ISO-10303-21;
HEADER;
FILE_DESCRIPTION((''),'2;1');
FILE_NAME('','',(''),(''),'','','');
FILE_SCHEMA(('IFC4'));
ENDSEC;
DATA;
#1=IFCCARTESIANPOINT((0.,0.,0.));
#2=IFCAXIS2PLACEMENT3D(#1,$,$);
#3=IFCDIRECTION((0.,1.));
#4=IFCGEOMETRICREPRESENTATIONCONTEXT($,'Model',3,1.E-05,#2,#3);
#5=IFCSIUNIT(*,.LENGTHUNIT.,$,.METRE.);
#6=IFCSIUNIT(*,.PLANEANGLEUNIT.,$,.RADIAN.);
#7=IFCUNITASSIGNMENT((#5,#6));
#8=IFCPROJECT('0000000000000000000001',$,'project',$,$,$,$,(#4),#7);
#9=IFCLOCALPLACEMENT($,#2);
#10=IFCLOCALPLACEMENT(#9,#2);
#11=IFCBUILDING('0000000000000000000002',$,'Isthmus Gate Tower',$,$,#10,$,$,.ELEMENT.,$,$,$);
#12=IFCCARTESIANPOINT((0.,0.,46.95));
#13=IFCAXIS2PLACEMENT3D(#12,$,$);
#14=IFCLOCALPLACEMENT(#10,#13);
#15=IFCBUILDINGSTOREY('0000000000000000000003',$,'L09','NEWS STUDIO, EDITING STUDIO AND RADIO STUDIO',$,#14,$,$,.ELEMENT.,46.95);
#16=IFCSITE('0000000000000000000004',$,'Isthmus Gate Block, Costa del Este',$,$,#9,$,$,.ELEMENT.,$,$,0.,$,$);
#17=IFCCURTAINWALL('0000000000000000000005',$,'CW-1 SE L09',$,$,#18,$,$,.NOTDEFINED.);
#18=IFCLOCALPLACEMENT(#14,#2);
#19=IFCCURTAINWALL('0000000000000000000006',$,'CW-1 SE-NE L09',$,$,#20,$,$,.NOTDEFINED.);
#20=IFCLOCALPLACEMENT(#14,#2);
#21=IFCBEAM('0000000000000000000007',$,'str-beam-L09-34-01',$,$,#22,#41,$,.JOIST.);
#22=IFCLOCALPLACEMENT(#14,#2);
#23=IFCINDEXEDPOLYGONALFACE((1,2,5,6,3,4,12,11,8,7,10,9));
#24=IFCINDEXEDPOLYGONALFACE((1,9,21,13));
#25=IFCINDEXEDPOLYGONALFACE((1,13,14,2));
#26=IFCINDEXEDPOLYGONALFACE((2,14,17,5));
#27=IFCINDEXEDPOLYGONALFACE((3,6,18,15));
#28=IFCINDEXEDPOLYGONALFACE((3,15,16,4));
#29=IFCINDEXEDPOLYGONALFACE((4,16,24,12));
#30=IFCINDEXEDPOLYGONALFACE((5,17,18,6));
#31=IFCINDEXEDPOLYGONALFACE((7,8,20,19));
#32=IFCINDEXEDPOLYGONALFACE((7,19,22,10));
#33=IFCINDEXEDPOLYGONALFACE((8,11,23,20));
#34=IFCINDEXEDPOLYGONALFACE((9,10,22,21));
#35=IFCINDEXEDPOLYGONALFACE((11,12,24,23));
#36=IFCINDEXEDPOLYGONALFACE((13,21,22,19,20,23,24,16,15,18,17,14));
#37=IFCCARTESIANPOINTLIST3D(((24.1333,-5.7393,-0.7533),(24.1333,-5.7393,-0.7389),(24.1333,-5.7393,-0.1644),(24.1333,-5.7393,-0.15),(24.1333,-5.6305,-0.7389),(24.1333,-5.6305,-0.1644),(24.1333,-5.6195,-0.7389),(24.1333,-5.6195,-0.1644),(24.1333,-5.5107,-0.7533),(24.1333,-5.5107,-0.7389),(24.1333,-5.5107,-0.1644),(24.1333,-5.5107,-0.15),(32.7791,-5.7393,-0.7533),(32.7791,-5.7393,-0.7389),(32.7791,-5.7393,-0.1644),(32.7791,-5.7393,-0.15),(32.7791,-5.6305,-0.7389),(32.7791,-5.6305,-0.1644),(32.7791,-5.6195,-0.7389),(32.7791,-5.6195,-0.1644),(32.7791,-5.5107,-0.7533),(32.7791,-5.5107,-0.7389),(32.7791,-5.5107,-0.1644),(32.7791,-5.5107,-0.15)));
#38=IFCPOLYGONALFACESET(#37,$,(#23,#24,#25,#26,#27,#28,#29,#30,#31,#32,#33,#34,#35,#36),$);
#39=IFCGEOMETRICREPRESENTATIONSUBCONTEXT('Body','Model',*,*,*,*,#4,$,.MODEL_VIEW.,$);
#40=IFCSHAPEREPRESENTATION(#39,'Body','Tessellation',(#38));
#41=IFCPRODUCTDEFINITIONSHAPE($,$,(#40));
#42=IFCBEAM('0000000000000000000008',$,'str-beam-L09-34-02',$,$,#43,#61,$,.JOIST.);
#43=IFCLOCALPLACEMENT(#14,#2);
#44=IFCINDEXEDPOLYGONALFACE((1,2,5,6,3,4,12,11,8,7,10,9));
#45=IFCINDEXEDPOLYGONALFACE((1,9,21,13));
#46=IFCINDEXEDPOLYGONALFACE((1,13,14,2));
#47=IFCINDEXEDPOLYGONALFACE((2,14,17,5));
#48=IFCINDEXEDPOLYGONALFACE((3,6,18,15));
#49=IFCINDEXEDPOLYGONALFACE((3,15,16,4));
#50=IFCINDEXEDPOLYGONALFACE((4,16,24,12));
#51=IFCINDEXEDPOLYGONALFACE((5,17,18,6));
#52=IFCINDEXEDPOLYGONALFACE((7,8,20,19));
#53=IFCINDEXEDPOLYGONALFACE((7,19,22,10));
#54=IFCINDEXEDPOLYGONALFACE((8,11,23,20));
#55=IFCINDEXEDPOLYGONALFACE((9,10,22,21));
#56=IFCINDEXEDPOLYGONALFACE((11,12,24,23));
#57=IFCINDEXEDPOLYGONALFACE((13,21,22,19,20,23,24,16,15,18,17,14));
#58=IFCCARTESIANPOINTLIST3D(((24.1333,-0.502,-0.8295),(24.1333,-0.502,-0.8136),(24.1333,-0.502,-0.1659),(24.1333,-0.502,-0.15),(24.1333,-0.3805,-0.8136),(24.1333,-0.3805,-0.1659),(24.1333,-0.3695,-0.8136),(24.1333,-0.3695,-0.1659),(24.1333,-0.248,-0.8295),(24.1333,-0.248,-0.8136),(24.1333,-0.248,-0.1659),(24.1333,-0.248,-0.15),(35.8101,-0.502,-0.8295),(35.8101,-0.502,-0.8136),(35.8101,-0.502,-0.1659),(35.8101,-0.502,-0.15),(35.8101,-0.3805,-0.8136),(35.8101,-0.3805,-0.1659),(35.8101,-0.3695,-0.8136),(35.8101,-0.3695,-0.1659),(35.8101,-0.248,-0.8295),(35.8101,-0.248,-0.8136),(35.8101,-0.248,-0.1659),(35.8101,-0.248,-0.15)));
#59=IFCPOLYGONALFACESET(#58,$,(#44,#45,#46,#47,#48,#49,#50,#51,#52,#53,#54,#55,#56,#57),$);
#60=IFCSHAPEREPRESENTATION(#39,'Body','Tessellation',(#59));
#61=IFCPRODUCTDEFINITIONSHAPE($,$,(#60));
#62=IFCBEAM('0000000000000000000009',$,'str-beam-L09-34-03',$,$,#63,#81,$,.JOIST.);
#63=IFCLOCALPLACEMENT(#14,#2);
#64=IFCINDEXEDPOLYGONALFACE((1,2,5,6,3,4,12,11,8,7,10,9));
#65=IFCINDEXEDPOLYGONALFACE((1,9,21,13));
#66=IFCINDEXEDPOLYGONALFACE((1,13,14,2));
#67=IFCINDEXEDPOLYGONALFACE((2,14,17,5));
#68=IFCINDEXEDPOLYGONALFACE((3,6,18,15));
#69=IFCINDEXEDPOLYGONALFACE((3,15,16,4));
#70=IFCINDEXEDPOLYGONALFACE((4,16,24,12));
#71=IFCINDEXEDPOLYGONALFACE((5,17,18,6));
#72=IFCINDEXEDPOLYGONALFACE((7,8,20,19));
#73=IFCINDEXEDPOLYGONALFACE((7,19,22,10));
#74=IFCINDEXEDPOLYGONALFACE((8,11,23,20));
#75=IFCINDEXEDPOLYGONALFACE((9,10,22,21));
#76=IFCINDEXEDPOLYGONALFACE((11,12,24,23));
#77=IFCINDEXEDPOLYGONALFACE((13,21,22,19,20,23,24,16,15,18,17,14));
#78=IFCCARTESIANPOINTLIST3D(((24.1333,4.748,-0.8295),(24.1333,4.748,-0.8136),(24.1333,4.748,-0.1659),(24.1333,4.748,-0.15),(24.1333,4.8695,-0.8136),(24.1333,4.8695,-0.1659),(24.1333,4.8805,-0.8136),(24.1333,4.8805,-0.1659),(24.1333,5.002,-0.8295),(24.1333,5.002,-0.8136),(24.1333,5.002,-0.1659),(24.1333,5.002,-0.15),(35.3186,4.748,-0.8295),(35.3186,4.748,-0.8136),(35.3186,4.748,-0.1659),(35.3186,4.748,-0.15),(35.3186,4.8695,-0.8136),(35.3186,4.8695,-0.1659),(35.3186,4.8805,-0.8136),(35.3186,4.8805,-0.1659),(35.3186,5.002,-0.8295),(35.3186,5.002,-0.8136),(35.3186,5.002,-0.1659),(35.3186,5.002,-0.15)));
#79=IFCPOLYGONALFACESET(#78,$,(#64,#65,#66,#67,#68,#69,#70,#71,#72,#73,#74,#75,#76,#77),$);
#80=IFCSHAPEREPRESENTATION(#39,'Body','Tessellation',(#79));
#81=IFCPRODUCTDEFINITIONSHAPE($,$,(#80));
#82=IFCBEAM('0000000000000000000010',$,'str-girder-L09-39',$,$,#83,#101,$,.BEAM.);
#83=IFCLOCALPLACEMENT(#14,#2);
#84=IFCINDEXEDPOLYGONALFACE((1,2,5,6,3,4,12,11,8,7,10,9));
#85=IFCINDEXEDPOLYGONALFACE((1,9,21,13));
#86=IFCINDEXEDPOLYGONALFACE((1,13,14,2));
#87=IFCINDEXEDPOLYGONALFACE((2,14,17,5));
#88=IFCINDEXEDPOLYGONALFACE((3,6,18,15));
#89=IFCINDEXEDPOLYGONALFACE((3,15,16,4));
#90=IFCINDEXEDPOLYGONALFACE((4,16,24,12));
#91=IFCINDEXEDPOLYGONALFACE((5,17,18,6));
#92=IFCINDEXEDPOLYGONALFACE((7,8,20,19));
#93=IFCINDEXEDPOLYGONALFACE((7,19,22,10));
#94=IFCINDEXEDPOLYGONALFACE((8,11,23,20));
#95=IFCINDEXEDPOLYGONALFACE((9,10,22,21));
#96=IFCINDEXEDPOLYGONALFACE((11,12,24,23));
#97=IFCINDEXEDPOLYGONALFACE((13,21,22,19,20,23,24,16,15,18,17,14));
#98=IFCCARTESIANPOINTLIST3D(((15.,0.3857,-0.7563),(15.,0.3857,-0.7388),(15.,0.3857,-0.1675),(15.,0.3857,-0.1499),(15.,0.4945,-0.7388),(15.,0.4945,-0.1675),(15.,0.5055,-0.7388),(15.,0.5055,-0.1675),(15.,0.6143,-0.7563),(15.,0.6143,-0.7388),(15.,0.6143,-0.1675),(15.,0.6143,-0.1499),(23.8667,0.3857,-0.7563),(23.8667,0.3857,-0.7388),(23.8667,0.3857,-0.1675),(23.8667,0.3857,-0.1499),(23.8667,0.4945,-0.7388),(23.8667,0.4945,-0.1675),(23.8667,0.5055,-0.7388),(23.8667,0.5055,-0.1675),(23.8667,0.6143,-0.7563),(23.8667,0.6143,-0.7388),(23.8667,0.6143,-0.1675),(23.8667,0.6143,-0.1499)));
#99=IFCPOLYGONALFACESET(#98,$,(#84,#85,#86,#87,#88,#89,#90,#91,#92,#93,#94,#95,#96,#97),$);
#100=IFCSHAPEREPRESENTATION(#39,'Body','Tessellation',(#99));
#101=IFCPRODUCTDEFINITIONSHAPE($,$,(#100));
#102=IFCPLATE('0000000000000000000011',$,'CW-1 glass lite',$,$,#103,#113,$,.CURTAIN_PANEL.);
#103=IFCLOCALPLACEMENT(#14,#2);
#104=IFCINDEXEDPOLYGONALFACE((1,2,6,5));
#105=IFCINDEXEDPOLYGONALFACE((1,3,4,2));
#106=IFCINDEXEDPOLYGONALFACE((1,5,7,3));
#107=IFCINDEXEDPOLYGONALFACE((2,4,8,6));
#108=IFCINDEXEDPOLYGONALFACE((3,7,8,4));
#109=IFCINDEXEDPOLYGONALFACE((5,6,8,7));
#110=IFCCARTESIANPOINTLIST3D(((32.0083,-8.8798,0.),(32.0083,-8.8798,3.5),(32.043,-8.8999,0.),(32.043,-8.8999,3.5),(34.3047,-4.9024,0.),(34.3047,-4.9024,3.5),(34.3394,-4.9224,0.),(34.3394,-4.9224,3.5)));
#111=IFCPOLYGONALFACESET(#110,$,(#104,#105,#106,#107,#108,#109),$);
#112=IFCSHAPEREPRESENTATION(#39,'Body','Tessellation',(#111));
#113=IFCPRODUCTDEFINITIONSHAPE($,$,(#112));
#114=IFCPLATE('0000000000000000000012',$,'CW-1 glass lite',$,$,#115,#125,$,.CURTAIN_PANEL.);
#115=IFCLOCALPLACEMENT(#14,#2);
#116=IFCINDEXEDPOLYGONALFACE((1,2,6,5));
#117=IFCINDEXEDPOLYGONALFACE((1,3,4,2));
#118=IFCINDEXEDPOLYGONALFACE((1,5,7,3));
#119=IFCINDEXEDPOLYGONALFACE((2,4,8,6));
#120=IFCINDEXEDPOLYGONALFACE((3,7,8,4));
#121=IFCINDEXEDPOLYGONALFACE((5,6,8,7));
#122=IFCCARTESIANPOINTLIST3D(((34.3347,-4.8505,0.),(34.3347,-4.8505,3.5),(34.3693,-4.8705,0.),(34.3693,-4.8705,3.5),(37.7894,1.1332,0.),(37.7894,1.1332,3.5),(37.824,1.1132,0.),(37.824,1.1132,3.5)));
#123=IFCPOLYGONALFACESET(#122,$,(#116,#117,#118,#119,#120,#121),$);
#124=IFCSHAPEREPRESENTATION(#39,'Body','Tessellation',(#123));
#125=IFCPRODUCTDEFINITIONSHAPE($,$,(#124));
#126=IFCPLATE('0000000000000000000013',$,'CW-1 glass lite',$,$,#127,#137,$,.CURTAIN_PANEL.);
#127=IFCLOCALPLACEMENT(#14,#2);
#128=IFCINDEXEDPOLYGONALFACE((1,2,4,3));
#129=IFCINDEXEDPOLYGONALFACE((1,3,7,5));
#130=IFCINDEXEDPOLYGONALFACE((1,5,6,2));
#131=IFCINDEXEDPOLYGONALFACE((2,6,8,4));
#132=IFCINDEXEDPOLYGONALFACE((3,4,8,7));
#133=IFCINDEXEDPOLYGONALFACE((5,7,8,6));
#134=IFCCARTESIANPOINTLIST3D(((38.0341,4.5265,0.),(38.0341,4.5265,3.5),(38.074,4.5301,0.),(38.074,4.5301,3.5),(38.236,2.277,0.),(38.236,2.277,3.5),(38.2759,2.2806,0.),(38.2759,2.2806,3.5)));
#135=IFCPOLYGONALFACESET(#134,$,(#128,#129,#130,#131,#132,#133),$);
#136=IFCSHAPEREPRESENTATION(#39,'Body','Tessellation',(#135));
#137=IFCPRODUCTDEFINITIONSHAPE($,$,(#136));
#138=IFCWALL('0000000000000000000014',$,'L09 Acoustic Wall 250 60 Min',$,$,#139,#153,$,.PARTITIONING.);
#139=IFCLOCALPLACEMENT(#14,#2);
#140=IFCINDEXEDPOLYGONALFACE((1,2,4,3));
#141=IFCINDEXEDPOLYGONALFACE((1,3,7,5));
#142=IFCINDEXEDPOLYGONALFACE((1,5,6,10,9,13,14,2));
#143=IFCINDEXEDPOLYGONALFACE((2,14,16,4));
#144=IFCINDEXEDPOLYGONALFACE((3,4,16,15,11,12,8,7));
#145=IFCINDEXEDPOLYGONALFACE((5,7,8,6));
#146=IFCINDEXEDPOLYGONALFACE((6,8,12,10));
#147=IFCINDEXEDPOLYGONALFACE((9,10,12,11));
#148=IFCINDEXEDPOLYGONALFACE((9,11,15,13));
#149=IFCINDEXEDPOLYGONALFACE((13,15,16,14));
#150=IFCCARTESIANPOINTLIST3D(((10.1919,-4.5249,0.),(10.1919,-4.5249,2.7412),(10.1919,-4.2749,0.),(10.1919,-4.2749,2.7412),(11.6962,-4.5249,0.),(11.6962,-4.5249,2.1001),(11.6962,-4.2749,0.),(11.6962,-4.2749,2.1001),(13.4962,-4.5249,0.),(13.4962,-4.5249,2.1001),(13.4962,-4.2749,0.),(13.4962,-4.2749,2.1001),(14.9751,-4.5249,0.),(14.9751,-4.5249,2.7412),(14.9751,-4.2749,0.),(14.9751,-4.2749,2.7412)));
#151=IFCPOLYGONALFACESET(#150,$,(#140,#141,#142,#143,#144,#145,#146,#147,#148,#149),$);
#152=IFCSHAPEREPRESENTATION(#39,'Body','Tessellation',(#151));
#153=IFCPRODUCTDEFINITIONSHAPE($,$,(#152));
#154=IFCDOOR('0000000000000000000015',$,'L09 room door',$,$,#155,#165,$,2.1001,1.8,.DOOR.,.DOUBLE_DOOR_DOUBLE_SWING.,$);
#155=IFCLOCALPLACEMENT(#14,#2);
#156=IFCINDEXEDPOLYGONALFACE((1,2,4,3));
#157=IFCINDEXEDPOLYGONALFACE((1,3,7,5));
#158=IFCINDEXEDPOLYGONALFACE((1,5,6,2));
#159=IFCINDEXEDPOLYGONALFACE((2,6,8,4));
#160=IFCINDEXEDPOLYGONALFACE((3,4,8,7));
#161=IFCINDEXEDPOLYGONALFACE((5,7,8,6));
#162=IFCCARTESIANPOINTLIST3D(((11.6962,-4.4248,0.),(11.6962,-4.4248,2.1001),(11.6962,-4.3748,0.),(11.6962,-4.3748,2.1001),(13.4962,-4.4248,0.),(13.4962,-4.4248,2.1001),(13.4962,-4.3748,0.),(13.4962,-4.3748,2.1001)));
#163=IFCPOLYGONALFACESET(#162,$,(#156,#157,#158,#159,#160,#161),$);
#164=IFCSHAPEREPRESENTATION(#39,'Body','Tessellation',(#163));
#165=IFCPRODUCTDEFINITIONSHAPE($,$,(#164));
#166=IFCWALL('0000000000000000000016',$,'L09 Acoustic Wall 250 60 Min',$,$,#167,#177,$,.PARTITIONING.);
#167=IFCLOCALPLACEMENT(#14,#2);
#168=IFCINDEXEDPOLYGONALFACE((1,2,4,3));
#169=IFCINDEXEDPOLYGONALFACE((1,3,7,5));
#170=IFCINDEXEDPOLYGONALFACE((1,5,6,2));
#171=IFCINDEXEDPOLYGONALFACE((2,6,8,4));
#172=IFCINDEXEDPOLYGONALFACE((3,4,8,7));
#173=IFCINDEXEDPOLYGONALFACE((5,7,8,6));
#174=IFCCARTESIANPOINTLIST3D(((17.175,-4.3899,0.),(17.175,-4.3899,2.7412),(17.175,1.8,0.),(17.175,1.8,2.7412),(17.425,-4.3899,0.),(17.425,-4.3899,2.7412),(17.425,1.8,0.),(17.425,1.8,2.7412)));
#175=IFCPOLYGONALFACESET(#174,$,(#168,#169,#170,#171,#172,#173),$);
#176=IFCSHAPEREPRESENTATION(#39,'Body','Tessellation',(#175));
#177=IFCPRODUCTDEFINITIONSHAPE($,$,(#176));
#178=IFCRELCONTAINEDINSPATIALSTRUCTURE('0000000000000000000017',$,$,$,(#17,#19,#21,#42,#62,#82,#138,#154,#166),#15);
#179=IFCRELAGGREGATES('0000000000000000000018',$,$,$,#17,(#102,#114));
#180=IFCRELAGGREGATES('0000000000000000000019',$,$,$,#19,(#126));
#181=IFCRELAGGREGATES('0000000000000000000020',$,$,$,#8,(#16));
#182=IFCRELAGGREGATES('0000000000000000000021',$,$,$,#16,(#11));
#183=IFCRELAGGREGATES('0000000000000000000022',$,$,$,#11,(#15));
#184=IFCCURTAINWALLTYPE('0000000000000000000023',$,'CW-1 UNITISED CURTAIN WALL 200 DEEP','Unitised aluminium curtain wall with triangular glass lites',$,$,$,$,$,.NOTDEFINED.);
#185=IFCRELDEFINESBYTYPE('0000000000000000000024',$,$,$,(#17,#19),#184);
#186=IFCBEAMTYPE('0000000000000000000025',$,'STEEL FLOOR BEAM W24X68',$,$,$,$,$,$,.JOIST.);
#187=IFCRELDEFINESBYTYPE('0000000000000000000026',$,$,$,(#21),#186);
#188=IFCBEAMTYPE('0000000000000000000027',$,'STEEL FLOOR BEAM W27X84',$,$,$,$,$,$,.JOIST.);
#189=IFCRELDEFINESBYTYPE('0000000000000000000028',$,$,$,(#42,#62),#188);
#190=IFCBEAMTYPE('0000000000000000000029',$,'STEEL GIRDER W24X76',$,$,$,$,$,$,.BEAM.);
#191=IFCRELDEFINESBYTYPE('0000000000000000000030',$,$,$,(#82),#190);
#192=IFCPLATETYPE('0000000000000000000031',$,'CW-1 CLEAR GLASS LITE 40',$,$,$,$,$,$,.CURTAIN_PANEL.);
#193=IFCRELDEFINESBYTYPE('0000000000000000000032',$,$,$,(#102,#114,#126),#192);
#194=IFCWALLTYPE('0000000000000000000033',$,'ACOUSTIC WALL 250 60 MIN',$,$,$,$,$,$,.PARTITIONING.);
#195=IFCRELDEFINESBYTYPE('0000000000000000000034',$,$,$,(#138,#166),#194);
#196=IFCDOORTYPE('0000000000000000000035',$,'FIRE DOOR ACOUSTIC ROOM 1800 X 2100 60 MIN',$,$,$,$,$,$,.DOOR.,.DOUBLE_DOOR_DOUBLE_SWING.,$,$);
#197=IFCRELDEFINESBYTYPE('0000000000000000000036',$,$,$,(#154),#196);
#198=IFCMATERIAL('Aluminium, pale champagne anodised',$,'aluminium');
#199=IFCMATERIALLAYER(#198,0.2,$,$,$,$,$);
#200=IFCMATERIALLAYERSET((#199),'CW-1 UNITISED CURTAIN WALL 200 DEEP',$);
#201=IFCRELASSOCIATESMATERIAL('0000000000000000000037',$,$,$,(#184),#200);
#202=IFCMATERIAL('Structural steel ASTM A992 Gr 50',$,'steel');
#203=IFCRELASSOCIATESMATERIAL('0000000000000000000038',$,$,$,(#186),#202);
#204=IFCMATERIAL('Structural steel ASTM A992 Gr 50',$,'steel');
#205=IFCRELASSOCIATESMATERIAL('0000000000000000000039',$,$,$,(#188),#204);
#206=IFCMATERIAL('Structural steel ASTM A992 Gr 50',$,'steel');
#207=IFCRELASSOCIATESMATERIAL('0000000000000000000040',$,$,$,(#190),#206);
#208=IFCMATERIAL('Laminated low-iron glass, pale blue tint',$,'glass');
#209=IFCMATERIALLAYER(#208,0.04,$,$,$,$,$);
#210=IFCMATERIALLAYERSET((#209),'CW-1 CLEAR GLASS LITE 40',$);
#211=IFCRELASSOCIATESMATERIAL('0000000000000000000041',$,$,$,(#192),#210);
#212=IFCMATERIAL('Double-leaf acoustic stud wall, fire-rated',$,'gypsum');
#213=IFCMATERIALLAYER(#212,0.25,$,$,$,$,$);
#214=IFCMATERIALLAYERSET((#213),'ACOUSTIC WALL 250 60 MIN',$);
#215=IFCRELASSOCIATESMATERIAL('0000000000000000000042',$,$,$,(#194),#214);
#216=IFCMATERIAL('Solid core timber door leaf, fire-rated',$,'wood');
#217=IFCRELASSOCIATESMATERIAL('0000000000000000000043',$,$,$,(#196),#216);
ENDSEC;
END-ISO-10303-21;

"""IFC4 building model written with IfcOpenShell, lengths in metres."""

from ifc_helpers import new_model, si_unit, direction, frame, frame_2d, origin, origin_2d, place, context, subcontext, project, spatial, rectangle, i_section, extrude, material, layer, layer_set, material_profile, profile_set, type_object, element, fill, aggregate, save


model = new_model("IFC4")

# Units and contexts
model_context = context("Model", 3, precision=1e-05, world=origin(), true_north=direction((0.0, 1.0)))
body_context = subcontext(model_context, "Body", "Model", "MODEL_VIEW")
ifc_project = project(units=[si_unit("LENGTHUNIT", "METRE"), si_unit("PLANEANGLEUNIT", "RADIAN")], contexts=[model_context])

# Site, building, storey
site_placement = place(None, origin())
site = spatial("IfcSite", under=ifc_project, at=site_placement, Name="Isthmus Gate Block, Costa del Este", CompositionType="ELEMENT", RefElevation=0.0)
building_placement = place(site_placement, origin())
building = spatial("IfcBuilding", under=site, at=building_placement, Name="Isthmus Gate Tower", CompositionType="ELEMENT")
storey_placement = place(building_placement, frame((0.0, 0.0, 46.95)))
storey = spatial("IfcBuildingStorey", under=building, at=storey_placement, Name="L09", Description="NEWS STUDIO, EDITING STUDIO AND RADIO STUDIO", CompositionType="ELEMENT", Elevation=46.95)

# Curtain walls
ifc_material_1 = material(Name="Aluminium, pale champagne anodised", Category="aluminium")
ifc_layer_1 = layer(ifc_material_1, 0.2)
ifc_layer_set_1 = layer_set([ifc_layer_1], Name="CW-1 UNITISED CURTAIN WALL 200 DEEP")
curtain_wall_type = type_object("IfcCurtainWallType", Name="CW-1 UNITISED CURTAIN WALL 200 DEEP", Description="Unitised aluminium curtain wall with triangular glass lites", PredefinedType="NOTDEFINED", material=ifc_layer_set_1)
curtain_wall_1_placement = place(storey_placement, origin())
curtain_wall_1 = element("IfcCurtainWall", 1, at=curtain_wall_1_placement, inside=storey, type_object=curtain_wall_type, Name="CW-1 SE L09", PredefinedType="NOTDEFINED")
curtain_wall_2_placement = place(storey_placement, origin())
curtain_wall_2 = element("IfcCurtainWall", 2, at=curtain_wall_2_placement, inside=storey, type_object=curtain_wall_type, Name="CW-1 SE-NE L09", PredefinedType="NOTDEFINED")

# Beams
ifc_material_2 = material(Name="Structural steel ASTM A992 Gr 50", Category="steel")
ifc_material_profile_1 = material_profile(ifc_material_2, i_section(OverallWidth=0.2285, OverallDepth=0.6033, WebThickness=0.011, FlangeThickness=0.0144, at=origin_2d()), Name="W24X68")
ifc_profile_set_1 = profile_set([ifc_material_profile_1], Name="Structural steel ASTM A992 Gr 50")
beam_type_1 = type_object("IfcBeamType", Name="STEEL FLOOR BEAM W24X68", PredefinedType="JOIST", material=ifc_profile_set_1)
beam_1_placement = place(storey_placement, frame((24.1333, -5.625, -0.4517), z_axis=(1.0, 0.0, 0.0), x_axis=(0.0, 1.0, 0.0)))
element("IfcBeam", 3, at=beam_1_placement, inside=storey, type_object=beam_type_1, Name="str-beam-L09-34-01", PredefinedType="JOIST", context=body_context, shape_type="SweptSolid", body=[
    extrude(i_section(OverallWidth=0.2285, OverallDepth=0.6033, WebThickness=0.011, FlangeThickness=0.0144, at=origin_2d()), origin(), (0.0, 0.0, 1.0), 8.6458),
])
ifc_material_3 = material(Name="Structural steel ASTM A992 Gr 50", Category="steel")
ifc_material_profile_2 = material_profile(ifc_material_3, i_section(OverallWidth=0.2539, OverallDepth=0.6794, WebThickness=0.011, FlangeThickness=0.0159, at=origin_2d()), Name="W27X84")
ifc_profile_set_2 = profile_set([ifc_material_profile_2], Name="Structural steel ASTM A992 Gr 50")
beam_type_2 = type_object("IfcBeamType", Name="STEEL FLOOR BEAM W27X84", PredefinedType="JOIST", material=ifc_profile_set_2)
beam_2_placement = place(storey_placement, frame((24.1333, -0.375, -0.4897), z_axis=(1.0, 0.0, 0.0), x_axis=(0.0, 1.0, 0.0)))
element("IfcBeam", 4, at=beam_2_placement, inside=storey, type_object=beam_type_2, Name="str-beam-L09-34-02", PredefinedType="JOIST", context=body_context, shape_type="SweptSolid", body=[
    extrude(i_section(OverallWidth=0.2539, OverallDepth=0.6794, WebThickness=0.011, FlangeThickness=0.0159, at=origin_2d()), origin(), (0.0, 0.0, 1.0), 11.6768),
])
beam_3_placement = place(storey_placement, frame((24.1333, 4.875, -0.4897), z_axis=(1.0, 0.0, 0.0), x_axis=(0.0, 1.0, 0.0)))
element("IfcBeam", 5, at=beam_3_placement, inside=storey, type_object=beam_type_2, Name="str-beam-L09-34-03", PredefinedType="JOIST", context=body_context, shape_type="SweptSolid", body=[
    extrude(i_section(OverallWidth=0.2539, OverallDepth=0.6794, WebThickness=0.011, FlangeThickness=0.0159, at=origin_2d()), origin(), (0.0, 0.0, 1.0), 11.1853),
])
ifc_material_4 = material(Name="Structural steel ASTM A992 Gr 50", Category="steel")
ifc_material_profile_3 = material_profile(ifc_material_4, i_section(OverallWidth=0.2285, OverallDepth=0.6064, WebThickness=0.011, FlangeThickness=0.0176, at=origin_2d()), Name="W24X76")
ifc_profile_set_3 = profile_set([ifc_material_profile_3], Name="Structural steel ASTM A992 Gr 50")
beam_type_3 = type_object("IfcBeamType", Name="STEEL GIRDER W24X76", PredefinedType="BEAM", material=ifc_profile_set_3)
beam_4_placement = place(storey_placement, frame((15.0, 0.5, -0.4531), z_axis=(1.0, 0.0, 0.0), x_axis=(0.0, 1.0, 0.0)))
element("IfcBeam", 6, at=beam_4_placement, inside=storey, type_object=beam_type_3, Name="str-girder-L09-39", PredefinedType="BEAM", context=body_context, shape_type="SweptSolid", body=[
    extrude(i_section(OverallWidth=0.2285, OverallDepth=0.6064, WebThickness=0.011, FlangeThickness=0.0176, at=origin_2d()), origin(), (0.0, 0.0, 1.0), 8.8667),
])

# Plates
ifc_material_5 = material(Name="Laminated low-iron glass, pale blue tint", Category="glass")
ifc_layer_2 = layer(ifc_material_5, 0.04)
ifc_layer_set_2 = layer_set([ifc_layer_2], Name="CW-1 CLEAR GLASS LITE 40")
plate_type = type_object("IfcPlateType", Name="CW-1 CLEAR GLASS LITE 40", PredefinedType="CURTAIN_PANEL", material=ifc_layer_set_2)
plate_1_placement = place(storey_placement, frame((33.1738, -6.9011, 0.0), z_axis=(0.0, 0.0, 1.0), x_axis=(0.5, 0.866025, 0.0)))
plate_1 = element("IfcPlate", 7, at=plate_1_placement, type_object=plate_type, Name="CW-1 glass lite", PredefinedType="CURTAIN_PANEL", context=body_context, shape_type="SweptSolid", body=[
    extrude(rectangle(XDim=4.5928, YDim=0.04, at=origin_2d()), origin(), (0.0, 0.0, 1.0), 3.5),
])
plate_2_placement = place(storey_placement, frame((36.0793, -1.8687, 0.0), z_axis=(0.0, 0.0, 1.0), x_axis=(0.5, 0.866025, 0.0)))
plate_2 = element("IfcPlate", 8, at=plate_2_placement, type_object=plate_type, Name="CW-1 glass lite", PredefinedType="CURTAIN_PANEL", context=body_context, shape_type="SweptSolid", body=[
    extrude(rectangle(XDim=6.9094, YDim=0.04, at=origin_2d()), origin(), (0.0, 0.0, 1.0), 3.5),
])
aggregate(curtain_wall_1, [plate_1, plate_2])
plate_3_placement = place(storey_placement, frame((38.155, 3.4036, 0.0), z_axis=(0.0, 0.0, 1.0), x_axis=(-0.089397, 0.995996, 0.0)))
plate_3 = element("IfcPlate", 9, at=plate_3_placement, type_object=plate_type, Name="CW-1 glass lite", PredefinedType="CURTAIN_PANEL", context=body_context, shape_type="SweptSolid", body=[
    extrude(rectangle(XDim=2.2585, YDim=0.04, at=origin_2d()), origin(), (0.0, 0.0, 1.0), 3.5),
])
aggregate(curtain_wall_2, [plate_3])

# Wall, opening, door
ifc_material_6 = material(Name="Double-leaf acoustic stud wall, fire-rated", Category="gypsum")
ifc_layer_3 = layer(ifc_material_6, 0.25)
ifc_layer_set_3 = layer_set([ifc_layer_3], Name="ACOUSTIC WALL 250 60 MIN")
wall_type_1 = type_object("IfcWallType", Name="ACOUSTIC WALL 250 60 MIN", PredefinedType="PARTITIONING", material=ifc_layer_set_3)
wall_1_placement = place(storey_placement, frame((14.9751, -4.3999, 0.0), z_axis=(0.0, 0.0, 1.0), x_axis=(-1.0, 0.0, 0.0)))
wall_1 = element("IfcWall", 10, at=wall_1_placement, inside=storey, type_object=wall_type_1, Name="L09 Acoustic Wall 250 60 Min", PredefinedType="PARTITIONING", context=body_context, shape_type="SweptSolid", body=[
    extrude(rectangle(XDim=4.7832, YDim=0.25, at=frame_2d((2.3916, 0.0))), origin(), (0.0, 0.0, 1.0), 2.7412),
])
opening_1_placement = place(wall_1_placement, frame((1.479, 0.0, 0.0)))
opening_1 = element("IfcOpeningElement", 11, at=opening_1_placement, cuts=wall_1, PredefinedType="OPENING", context=body_context, shape_type="SweptSolid", body=[
    extrude(rectangle(XDim=1.8, YDim=2.1001, at=frame_2d((0.8999, 1.05))), frame((0.0, 0.135, 0.0), z_axis=(0.0, -1.0, 0.0), x_axis=(1.0, 0.0, 0.0)), (0.0, 0.0, 1.0), 0.27),
])
ifc_material_7 = material(Name="Solid core timber door leaf, fire-rated", Category="wood")
door_type_1 = type_object("IfcDoorType", Name="FIRE DOOR ACOUSTIC ROOM 1800 X 2100 60 MIN", OperationType="DOUBLE_DOOR_DOUBLE_SWING", PredefinedType="DOOR", material=ifc_material_7)
door_1_placement = place(opening_1_placement, origin())
door_1 = element("IfcDoor", 12, at=door_1_placement, inside=storey, type_object=door_type_1, Name="L09 room door", OperationType="DOUBLE_DOOR_DOUBLE_SWING", OverallHeight=2.1001, OverallWidth=1.8, PredefinedType="DOOR", context=body_context, shape_type="SweptSolid", body=[
    extrude(rectangle(XDim=1.8, YDim=2.1001, at=frame_2d((0.8999, 1.05))), frame((0.0, 0.0249, 0.0), z_axis=(0.0, -1.0, 0.0), x_axis=(1.0, 0.0, 0.0)), (0.0, 0.0, 1.0), 0.05),
])
fill(opening_1, door_1)

# Wall
wall_2_placement = place(storey_placement, frame((17.3, 1.8, 0.0), z_axis=(0.0, 0.0, 1.0), x_axis=(0.0, -1.0, 0.0)))
element("IfcWall", 13, at=wall_2_placement, inside=storey, type_object=wall_type_1, Name="L09 Acoustic Wall 250 60 Min", PredefinedType="PARTITIONING", context=body_context, shape_type="SweptSolid", body=[
    extrude(rectangle(XDim=6.1899, YDim=0.25, at=frame_2d((3.095, 0.0))), origin(), (0.0, 0.0, 1.0), 2.7412),
])

save(model, "model.ifc")
